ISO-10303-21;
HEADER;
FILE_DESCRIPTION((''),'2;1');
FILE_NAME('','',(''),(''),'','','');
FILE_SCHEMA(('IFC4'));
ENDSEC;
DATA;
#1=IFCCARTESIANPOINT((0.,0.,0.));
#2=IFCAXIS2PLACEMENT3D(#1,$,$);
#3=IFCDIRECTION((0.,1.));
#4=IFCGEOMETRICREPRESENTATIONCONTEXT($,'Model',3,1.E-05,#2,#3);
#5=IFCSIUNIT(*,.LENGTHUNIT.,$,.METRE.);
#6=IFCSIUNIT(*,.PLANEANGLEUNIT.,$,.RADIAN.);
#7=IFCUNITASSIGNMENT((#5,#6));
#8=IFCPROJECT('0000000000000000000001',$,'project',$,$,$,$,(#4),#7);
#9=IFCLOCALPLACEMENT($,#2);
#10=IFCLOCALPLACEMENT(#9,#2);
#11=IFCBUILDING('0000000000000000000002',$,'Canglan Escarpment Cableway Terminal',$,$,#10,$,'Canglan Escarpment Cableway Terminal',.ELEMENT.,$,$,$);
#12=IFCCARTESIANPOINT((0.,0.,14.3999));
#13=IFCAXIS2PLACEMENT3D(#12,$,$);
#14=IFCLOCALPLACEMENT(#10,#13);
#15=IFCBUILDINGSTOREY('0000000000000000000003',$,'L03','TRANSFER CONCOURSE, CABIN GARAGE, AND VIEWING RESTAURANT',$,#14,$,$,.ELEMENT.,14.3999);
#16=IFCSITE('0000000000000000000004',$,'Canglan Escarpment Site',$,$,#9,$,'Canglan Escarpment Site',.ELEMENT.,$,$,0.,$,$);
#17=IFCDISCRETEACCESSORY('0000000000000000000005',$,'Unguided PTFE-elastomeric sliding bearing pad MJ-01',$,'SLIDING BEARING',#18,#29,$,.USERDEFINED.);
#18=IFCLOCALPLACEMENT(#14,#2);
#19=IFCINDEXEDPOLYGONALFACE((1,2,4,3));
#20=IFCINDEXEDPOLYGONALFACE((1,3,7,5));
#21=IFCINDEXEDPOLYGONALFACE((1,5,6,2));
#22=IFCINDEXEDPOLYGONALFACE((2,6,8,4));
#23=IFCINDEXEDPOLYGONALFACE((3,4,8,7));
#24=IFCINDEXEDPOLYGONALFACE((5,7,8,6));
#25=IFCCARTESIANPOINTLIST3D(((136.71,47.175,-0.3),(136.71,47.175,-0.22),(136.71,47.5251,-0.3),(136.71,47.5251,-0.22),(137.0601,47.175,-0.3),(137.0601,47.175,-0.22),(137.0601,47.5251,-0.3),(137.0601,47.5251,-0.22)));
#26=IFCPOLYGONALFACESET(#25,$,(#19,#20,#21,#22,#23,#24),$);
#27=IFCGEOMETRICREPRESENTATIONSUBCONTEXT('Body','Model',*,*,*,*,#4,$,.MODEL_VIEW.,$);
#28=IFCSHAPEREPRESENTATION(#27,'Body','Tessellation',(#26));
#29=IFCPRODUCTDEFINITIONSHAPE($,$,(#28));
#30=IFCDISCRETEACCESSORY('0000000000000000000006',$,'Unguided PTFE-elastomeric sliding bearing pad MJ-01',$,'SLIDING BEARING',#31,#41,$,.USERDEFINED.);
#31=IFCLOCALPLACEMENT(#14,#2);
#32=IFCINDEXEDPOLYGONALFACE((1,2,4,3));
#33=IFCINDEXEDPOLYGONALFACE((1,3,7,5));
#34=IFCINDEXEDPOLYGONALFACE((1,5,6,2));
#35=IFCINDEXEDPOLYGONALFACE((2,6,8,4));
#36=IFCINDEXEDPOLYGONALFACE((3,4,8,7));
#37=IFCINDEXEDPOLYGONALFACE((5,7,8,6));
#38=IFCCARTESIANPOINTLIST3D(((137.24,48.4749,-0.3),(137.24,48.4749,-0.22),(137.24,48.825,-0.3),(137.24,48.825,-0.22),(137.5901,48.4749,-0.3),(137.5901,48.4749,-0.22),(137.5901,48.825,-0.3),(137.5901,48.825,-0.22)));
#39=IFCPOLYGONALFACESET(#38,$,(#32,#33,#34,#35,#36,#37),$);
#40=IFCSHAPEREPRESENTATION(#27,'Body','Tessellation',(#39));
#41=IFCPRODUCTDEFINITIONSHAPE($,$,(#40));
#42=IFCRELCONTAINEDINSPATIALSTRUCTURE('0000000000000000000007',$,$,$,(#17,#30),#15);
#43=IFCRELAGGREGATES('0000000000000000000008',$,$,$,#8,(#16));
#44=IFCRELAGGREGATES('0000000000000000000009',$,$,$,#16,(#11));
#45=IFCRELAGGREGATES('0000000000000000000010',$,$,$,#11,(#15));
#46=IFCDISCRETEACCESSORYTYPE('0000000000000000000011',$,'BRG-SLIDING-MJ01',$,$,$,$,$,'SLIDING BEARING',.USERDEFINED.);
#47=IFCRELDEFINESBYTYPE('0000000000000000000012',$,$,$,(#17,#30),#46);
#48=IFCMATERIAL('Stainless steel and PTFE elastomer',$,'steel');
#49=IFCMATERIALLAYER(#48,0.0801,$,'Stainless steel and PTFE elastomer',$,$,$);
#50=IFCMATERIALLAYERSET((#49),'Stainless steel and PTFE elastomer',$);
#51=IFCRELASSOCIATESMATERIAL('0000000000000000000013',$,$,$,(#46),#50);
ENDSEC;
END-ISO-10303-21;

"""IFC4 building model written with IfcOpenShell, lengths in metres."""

from ifc_helpers import new_model, si_unit, direction, frame, origin, origin_2d, place, context, subcontext, project, spatial, rectangle, extrude, material, layer, layer_set, type_object, element, save


model = new_model("IFC4")

# Units and contexts
model_context = context("Model", 3, precision=1e-05, world=origin(), true_north=direction((0.0, 1.0)))
body_context = subcontext(model_context, "Body", "Model", "MODEL_VIEW")
ifc_project = project(units=[si_unit("LENGTHUNIT", "METRE"), si_unit("PLANEANGLEUNIT", "RADIAN")], contexts=[model_context])

# Site, building, storey
site_placement = place(None, origin())
site = spatial("IfcSite", under=ifc_project, at=site_placement, Name="Canglan Escarpment Site", LongName="Canglan Escarpment Site", CompositionType="ELEMENT", RefElevation=0.0)
building_placement = place(site_placement, origin())
building = spatial("IfcBuilding", under=site, at=building_placement, Name="Canglan Escarpment Cableway Terminal", LongName="Canglan Escarpment Cableway Terminal", CompositionType="ELEMENT")
storey_placement = place(building_placement, frame((0.0, 0.0, 14.3999)))
storey = spatial("IfcBuildingStorey", under=building, at=storey_placement, Name="L03", Description="TRANSFER CONCOURSE, CABIN GARAGE, AND VIEWING RESTAURANT", CompositionType="ELEMENT", Elevation=14.3999)

# Discrete accessories
ifc_material_1 = material(Name="Stainless steel and PTFE elastomer", Category="steel")
ifc_layer_1 = layer(ifc_material_1, 0.0801, Name="Stainless steel and PTFE elastomer")
ifc_layer_set_1 = layer_set([ifc_layer_1], Name="Stainless steel and PTFE elastomer")
discrete_accessory_type_1 = type_object("IfcDiscreteAccessoryType", Name="BRG-SLIDING-MJ01", ElementType="SLIDING BEARING", PredefinedType="USERDEFINED", material=ifc_layer_set_1)
for number, where, z_axis, x_axis, name in (
    (1, (136.885, 47.3501, -0.3), (0.0, 0.0, 1.0), (1.0, 0.0, 0.0), "Unguided PTFE-elastomeric sliding bearing pad MJ-01"),
    (2, (137.415, 48.6499, -0.3), (0.0, 0.0, 1.0), (1.0, 0.0, 0.0), "Unguided PTFE-elastomeric sliding bearing pad MJ-01"),
):
    element("IfcDiscreteAccessory", number, at=place(storey_placement, frame(where, z_axis=z_axis, x_axis=x_axis)), inside=storey, type_object=discrete_accessory_type_1, Name=name, ObjectType="SLIDING BEARING", PredefinedType="USERDEFINED", context=body_context, shape_type="SweptSolid", body=[
        extrude(rectangle(XDim=0.3501, YDim=0.3501, at=origin_2d()), origin(), (0.0, 0.0, 1.0), 0.0801),
    ])

save(model, "model.ifc")
